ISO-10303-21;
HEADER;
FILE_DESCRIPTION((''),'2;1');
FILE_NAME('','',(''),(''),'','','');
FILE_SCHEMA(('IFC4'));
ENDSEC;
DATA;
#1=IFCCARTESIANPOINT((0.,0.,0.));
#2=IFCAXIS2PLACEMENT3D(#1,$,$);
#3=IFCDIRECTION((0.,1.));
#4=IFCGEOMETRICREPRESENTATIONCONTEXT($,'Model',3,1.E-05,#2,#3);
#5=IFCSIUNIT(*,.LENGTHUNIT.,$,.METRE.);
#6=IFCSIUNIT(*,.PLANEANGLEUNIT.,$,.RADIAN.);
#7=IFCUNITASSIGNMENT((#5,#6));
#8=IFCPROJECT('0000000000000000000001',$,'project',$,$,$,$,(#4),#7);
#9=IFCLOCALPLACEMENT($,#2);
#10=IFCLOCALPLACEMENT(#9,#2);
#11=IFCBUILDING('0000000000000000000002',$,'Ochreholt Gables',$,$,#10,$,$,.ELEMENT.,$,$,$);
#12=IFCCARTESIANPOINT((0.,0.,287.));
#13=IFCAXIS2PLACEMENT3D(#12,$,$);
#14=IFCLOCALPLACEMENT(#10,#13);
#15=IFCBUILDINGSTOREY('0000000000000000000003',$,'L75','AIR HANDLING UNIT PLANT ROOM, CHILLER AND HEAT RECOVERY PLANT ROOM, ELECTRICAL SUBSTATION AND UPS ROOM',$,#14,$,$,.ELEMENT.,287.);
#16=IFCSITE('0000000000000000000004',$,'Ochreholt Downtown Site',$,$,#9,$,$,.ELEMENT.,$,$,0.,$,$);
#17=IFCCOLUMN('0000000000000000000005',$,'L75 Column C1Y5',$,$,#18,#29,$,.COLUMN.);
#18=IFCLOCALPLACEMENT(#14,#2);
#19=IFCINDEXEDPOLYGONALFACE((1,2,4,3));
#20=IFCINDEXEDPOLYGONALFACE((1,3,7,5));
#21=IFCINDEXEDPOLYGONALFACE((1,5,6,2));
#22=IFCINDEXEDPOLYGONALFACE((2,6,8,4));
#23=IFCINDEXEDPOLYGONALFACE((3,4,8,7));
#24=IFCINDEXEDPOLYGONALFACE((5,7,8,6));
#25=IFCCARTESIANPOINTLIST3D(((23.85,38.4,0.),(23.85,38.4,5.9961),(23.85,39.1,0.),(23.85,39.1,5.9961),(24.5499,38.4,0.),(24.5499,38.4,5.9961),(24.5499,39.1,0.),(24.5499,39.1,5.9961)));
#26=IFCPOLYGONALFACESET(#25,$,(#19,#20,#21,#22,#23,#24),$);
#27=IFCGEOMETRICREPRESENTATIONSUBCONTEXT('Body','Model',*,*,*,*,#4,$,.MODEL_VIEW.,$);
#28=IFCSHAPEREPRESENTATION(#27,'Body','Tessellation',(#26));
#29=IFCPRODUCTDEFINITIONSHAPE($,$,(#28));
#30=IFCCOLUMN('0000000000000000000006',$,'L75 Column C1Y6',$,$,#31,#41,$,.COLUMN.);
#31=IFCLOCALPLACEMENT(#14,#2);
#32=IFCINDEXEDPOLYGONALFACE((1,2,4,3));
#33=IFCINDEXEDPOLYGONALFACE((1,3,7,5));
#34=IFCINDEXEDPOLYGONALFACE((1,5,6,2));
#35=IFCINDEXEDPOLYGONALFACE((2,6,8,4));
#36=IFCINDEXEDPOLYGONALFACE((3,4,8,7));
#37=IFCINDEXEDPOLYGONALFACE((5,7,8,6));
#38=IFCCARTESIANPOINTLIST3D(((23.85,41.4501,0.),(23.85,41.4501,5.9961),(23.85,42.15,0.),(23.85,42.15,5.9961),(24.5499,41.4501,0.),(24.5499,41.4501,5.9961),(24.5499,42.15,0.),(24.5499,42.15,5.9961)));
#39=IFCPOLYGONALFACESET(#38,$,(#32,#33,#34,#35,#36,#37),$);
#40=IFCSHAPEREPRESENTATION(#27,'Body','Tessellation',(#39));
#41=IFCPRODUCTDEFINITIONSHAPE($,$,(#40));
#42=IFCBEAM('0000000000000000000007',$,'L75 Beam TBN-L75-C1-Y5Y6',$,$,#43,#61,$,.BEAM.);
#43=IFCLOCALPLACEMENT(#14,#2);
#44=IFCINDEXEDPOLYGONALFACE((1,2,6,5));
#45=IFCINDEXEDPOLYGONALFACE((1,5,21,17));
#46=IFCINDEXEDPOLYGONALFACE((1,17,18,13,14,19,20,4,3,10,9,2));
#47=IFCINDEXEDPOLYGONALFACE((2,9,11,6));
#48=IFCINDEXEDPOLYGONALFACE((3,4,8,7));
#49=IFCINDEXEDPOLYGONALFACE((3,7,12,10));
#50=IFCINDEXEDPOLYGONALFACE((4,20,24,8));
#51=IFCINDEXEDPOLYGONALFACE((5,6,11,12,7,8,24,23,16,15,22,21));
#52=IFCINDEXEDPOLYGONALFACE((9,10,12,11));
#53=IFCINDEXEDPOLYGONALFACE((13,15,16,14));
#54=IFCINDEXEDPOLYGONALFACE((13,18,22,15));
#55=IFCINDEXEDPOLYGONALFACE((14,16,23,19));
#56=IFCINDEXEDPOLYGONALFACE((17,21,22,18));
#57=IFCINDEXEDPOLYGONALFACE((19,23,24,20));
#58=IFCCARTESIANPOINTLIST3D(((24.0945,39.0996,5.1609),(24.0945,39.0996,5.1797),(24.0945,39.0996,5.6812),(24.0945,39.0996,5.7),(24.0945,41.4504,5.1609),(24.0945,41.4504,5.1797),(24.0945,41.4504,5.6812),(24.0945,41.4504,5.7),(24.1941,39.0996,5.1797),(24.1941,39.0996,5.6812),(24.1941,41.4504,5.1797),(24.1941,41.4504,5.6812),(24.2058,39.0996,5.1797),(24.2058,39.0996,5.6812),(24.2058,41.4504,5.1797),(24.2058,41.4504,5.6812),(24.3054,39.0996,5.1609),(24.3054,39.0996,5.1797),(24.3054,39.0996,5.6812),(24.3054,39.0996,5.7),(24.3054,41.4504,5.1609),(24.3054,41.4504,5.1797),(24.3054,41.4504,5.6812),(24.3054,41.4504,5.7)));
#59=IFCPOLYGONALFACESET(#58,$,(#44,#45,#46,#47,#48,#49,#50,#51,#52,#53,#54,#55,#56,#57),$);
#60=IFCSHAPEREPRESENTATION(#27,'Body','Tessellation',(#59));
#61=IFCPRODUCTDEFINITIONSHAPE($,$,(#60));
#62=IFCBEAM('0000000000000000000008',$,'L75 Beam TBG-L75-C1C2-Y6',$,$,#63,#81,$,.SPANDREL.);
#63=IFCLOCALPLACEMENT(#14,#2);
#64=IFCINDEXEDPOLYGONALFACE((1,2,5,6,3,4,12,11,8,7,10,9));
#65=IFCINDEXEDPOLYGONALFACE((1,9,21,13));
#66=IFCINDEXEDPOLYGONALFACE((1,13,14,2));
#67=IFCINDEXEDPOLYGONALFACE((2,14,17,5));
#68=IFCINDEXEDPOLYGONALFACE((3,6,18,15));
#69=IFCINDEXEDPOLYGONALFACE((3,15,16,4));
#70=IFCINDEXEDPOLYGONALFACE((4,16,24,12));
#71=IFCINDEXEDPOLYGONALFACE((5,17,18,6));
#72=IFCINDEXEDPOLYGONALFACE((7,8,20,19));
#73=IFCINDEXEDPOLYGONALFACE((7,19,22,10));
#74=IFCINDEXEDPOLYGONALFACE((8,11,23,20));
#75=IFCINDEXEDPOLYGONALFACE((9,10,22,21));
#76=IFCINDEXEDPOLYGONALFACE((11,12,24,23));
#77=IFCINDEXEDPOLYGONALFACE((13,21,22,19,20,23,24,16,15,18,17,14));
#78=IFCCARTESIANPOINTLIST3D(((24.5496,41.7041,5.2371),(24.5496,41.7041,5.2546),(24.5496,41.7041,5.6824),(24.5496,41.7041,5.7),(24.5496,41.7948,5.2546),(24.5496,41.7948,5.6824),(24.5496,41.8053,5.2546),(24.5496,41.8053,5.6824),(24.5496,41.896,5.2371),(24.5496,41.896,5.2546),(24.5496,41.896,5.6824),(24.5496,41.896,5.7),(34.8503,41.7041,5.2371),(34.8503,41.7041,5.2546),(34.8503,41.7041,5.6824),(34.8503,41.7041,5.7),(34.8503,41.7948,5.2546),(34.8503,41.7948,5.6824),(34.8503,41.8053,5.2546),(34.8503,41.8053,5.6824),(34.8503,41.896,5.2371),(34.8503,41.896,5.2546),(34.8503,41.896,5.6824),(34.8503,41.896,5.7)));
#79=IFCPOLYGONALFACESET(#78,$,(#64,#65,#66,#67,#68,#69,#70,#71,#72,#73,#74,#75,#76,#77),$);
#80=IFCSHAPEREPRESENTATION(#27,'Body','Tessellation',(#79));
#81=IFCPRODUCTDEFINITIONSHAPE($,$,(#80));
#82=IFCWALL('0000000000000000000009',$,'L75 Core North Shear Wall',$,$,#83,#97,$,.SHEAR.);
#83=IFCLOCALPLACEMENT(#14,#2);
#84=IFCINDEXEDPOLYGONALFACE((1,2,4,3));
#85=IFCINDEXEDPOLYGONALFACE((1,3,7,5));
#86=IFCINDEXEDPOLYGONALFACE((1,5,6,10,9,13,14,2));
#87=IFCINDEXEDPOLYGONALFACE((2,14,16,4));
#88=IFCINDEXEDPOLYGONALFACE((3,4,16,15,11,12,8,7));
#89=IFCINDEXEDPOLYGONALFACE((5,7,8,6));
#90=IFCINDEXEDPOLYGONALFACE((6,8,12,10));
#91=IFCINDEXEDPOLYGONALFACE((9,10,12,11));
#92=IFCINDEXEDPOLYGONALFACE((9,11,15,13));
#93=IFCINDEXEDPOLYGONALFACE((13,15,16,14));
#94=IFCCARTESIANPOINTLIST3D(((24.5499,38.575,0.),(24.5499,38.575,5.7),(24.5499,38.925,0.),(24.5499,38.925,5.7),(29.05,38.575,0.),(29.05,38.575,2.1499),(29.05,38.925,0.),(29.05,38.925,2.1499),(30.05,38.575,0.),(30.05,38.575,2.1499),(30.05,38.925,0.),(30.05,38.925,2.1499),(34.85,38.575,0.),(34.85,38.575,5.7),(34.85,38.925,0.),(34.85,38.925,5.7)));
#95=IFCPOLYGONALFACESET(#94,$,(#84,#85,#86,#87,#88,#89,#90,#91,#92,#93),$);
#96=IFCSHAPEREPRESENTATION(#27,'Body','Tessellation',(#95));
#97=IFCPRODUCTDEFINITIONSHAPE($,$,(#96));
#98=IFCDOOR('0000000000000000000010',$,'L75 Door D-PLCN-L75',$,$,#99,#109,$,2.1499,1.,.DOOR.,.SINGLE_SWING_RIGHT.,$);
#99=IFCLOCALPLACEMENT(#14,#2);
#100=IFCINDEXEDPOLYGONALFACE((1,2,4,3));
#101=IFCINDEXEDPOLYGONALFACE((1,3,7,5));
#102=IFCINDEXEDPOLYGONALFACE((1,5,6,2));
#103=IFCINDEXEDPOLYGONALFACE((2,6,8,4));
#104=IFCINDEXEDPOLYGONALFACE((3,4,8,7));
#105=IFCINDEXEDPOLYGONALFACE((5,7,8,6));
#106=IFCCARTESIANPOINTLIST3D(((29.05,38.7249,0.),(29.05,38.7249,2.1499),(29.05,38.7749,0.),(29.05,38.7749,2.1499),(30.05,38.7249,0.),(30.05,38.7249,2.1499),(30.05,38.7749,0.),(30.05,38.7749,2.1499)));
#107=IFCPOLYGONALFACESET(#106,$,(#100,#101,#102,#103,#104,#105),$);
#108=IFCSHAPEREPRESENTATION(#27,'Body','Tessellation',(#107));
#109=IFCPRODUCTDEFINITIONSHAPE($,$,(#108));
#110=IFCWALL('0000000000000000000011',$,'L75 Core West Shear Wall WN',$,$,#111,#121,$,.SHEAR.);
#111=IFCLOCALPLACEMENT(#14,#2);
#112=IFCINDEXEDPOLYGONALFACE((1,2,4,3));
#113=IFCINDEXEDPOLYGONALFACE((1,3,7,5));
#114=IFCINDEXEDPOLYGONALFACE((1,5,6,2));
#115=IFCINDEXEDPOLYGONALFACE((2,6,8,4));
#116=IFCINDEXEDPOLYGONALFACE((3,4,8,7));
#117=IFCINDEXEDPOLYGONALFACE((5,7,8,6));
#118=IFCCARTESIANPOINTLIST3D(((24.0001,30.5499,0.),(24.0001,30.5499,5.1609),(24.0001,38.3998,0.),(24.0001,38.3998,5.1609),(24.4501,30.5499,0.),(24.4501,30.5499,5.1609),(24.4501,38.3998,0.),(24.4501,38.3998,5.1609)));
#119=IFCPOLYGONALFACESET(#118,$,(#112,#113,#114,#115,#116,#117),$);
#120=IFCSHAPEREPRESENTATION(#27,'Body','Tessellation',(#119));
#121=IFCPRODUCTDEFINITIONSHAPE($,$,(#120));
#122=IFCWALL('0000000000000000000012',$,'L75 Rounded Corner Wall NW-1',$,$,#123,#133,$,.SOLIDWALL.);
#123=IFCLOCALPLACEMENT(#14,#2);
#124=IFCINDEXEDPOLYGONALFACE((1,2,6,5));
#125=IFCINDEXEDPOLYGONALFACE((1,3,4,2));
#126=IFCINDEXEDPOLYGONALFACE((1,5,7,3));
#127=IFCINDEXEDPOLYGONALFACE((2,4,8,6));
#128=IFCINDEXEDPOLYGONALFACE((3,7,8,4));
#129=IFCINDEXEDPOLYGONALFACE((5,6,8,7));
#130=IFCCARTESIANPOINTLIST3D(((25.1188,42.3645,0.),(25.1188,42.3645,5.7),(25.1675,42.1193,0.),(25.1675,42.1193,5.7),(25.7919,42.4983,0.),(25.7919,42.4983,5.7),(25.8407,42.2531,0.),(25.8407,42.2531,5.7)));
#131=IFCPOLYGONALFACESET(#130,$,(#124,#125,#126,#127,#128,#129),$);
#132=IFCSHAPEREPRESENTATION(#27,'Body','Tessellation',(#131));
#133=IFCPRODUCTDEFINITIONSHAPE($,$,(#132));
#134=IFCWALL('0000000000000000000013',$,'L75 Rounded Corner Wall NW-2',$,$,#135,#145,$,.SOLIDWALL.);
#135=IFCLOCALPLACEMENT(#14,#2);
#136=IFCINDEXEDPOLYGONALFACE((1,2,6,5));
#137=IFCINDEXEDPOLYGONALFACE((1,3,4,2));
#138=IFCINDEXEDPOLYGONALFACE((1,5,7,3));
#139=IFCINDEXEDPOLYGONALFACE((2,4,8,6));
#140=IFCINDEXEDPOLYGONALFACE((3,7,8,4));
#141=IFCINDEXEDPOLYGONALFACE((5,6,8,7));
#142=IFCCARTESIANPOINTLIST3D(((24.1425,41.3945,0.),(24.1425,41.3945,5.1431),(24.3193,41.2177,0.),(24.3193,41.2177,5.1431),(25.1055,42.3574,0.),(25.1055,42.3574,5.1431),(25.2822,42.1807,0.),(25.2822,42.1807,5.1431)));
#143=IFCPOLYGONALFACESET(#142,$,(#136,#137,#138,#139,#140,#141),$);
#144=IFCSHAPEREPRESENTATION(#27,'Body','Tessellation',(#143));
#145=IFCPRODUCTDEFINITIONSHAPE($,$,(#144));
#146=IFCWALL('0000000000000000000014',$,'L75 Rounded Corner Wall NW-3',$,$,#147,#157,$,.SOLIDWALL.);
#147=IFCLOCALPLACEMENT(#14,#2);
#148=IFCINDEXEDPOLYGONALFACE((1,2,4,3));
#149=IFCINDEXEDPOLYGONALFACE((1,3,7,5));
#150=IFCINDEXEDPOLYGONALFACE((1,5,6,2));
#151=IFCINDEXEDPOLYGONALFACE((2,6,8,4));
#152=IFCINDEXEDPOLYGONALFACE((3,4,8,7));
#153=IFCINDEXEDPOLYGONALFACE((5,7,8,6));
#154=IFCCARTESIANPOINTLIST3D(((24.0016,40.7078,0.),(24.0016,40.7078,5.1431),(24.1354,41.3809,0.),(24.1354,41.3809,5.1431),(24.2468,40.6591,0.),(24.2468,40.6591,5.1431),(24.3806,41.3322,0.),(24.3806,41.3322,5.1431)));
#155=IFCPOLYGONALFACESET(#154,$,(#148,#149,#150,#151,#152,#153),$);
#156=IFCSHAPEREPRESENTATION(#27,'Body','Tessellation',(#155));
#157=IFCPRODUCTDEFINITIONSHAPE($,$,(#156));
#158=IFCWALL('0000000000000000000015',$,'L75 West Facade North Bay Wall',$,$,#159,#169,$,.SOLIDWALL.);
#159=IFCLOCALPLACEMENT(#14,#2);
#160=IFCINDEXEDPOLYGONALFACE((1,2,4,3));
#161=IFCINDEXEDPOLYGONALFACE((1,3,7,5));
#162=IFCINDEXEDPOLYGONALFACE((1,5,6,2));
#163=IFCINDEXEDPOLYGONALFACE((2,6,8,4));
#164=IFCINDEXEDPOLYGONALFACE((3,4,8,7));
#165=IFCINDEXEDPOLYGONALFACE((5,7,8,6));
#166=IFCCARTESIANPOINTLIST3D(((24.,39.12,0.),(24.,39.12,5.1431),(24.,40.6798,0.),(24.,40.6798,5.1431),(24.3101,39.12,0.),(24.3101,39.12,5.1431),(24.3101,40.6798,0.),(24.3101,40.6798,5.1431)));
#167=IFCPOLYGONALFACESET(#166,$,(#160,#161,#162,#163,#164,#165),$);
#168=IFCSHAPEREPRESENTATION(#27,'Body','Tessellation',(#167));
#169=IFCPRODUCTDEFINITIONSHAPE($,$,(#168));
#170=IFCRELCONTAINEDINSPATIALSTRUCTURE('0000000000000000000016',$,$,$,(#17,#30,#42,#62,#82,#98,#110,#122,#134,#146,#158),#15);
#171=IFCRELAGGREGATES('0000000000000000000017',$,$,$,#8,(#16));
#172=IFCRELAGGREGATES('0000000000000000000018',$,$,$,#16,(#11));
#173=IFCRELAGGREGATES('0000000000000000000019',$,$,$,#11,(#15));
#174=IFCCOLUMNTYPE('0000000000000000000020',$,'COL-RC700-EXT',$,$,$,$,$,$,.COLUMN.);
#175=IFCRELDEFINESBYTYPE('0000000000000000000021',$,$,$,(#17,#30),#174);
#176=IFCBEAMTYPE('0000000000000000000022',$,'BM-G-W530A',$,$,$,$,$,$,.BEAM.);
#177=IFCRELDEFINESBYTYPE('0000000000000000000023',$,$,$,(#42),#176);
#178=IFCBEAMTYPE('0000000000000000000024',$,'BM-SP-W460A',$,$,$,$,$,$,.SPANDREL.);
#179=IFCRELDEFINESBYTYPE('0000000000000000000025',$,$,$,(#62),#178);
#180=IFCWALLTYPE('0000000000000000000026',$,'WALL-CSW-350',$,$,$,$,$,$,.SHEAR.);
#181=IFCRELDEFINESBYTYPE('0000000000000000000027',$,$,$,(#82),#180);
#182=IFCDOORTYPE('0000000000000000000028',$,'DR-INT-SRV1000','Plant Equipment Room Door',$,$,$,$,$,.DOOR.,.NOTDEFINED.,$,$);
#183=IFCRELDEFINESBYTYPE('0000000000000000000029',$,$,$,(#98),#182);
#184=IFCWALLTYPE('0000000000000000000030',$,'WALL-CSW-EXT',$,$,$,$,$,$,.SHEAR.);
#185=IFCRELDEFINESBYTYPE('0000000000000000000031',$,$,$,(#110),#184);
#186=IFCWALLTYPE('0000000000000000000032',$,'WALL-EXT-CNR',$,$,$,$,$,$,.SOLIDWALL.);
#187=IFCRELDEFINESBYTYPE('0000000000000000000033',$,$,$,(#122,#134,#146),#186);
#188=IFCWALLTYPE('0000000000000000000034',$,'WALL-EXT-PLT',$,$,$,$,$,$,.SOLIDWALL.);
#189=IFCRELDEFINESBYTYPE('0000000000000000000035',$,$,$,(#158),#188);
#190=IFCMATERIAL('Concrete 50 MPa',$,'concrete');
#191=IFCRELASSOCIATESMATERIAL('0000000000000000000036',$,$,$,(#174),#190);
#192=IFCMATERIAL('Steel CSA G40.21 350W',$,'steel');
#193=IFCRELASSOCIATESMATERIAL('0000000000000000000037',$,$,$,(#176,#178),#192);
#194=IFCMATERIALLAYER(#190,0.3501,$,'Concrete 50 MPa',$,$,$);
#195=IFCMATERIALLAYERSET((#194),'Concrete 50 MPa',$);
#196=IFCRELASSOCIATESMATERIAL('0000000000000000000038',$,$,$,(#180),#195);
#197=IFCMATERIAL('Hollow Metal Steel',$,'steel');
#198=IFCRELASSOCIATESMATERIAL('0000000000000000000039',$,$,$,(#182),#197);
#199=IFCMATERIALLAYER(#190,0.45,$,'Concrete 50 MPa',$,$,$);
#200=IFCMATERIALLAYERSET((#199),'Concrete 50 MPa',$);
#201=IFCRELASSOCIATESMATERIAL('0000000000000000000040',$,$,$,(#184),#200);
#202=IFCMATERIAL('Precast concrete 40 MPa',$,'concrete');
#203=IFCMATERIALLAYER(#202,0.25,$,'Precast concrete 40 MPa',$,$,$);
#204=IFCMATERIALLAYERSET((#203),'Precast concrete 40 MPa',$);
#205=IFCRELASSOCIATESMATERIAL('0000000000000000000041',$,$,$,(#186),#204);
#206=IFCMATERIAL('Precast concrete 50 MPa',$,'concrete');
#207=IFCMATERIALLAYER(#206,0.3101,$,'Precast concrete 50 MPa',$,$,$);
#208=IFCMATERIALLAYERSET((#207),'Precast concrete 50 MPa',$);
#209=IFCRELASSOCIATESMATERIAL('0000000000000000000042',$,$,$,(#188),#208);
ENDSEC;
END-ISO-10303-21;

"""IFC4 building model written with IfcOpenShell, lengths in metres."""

from ifc_helpers import new_model, si_unit, direction, frame, frame_2d, origin, origin_2d, place, context, subcontext, project, spatial, rectangle, i_section, extrude, material, layer, layer_set, material_profile, profile_set, type_object, element, fill, save


model = new_model("IFC4")

# Units and contexts
model_context = context("Model", 3, precision=1e-05, world=origin(), true_north=direction((0.0, 1.0)))
body_context = subcontext(model_context, "Body", "Model", "MODEL_VIEW")
ifc_project = project(units=[si_unit("LENGTHUNIT", "METRE"), si_unit("PLANEANGLEUNIT", "RADIAN")], contexts=[model_context])

# Site, building, storey
site_placement = place(None, origin())
site = spatial("IfcSite", under=ifc_project, at=site_placement, Name="Ochreholt Downtown Site", CompositionType="ELEMENT", RefElevation=0.0)
building_placement = place(site_placement, origin())
building = spatial("IfcBuilding", under=site, at=building_placement, Name="Ochreholt Gables", CompositionType="ELEMENT")
storey_placement = place(building_placement, frame((0.0, 0.0, 287.0)))
storey = spatial("IfcBuildingStorey", under=building, at=storey_placement, Name="L75", Description="AIR HANDLING UNIT PLANT ROOM, CHILLER AND HEAT RECOVERY PLANT ROOM, ELECTRICAL SUBSTATION AND UPS ROOM", CompositionType="ELEMENT", Elevation=287.0)

# Columns
ifc_material_1 = material(Name="Concrete 50 MPa", Category="concrete")
ifc_material_profile_1 = material_profile(ifc_material_1, rectangle(XDim=0.7, YDim=0.7, at=origin_2d()), Name="RC700X700")
ifc_profile_set_1 = profile_set([ifc_material_profile_1], Name="Concrete 50 MPa")
column_type = type_object("IfcColumnType", Name="COL-RC700-EXT", PredefinedType="COLUMN", material=ifc_profile_set_1)
for number, where, z_axis, x_axis, name in (
    (1, (24.2, 38.75, 0.0), (0.0, 0.0, 1.0), (1.0, 0.0, 0.0), "L75 Column C1Y5"),
    (2, (24.2, 41.8, 0.0), (0.0, 0.0, 1.0), (1.0, 0.0, 0.0), "L75 Column C1Y6"),
):
    element("IfcColumn", number, at=place(storey_placement, frame(where, z_axis=z_axis, x_axis=x_axis)), inside=storey, type_object=column_type, Name=name, PredefinedType="COLUMN", context=body_context, shape_type="SweptSolid", body=[
        extrude(rectangle(XDim=0.7, YDim=0.7, at=origin_2d()), origin(), (0.0, 0.0, 1.0), 5.9961),
    ])

# Beams
ifc_material_2 = material(Name="Steel CSA G40.21 350W", Category="steel")
ifc_material_profile_2 = material_profile(ifc_material_2, i_section(OverallWidth=0.2109, OverallDepth=0.5391, WebThickness=0.0117, FlangeThickness=0.0188, at=origin_2d()), Name="W530X109")
ifc_profile_set_2 = profile_set([ifc_material_profile_2], Name="Steel CSA G40.21 350W")
beam_type_1 = type_object("IfcBeamType", Name="BM-G-W530A", PredefinedType="BEAM", material=ifc_profile_set_2)
beam_1_placement = place(storey_placement, frame((24.2, 39.0996, 5.4304), z_axis=(0.0, 1.0, 0.0), x_axis=(-1.0, 0.0, 0.0)))
element("IfcBeam", 3, at=beam_1_placement, inside=storey, type_object=beam_type_1, Name="L75 Beam TBN-L75-C1-Y5Y6", PredefinedType="BEAM", context=body_context, shape_type="SweptSolid", body=[
    extrude(i_section(OverallWidth=0.2109, OverallDepth=0.5391, WebThickness=0.0117, FlangeThickness=0.0188, at=origin_2d()), origin(), (0.0, 0.0, 1.0), 2.3508),
])
ifc_material_profile_3 = material_profile(ifc_material_2, i_section(OverallWidth=0.1919, OverallDepth=0.4629, WebThickness=0.0105, FlangeThickness=0.0176, at=origin_2d()), Name="W460X89")
ifc_profile_set_3 = profile_set([ifc_material_profile_3], Name="Steel CSA G40.21 350W")
beam_type_2 = type_object("IfcBeamType", Name="BM-SP-W460A", PredefinedType="SPANDREL", material=ifc_profile_set_3)
beam_2_placement = place(storey_placement, frame((24.5496, 41.8, 5.4685), z_axis=(1.0, 0.0, 0.0), x_axis=(0.0, 1.0, 0.0)))
element("IfcBeam", 4, at=beam_2_placement, inside=storey, type_object=beam_type_2, Name="L75 Beam TBG-L75-C1C2-Y6", PredefinedType="SPANDREL", context=body_context, shape_type="SweptSolid", body=[
    extrude(i_section(OverallWidth=0.1919, OverallDepth=0.4629, WebThickness=0.0105, FlangeThickness=0.0176, at=origin_2d()), origin(), (0.0, 0.0, 1.0), 10.3008),
])

# Wall, opening, door
ifc_layer_1 = layer(ifc_material_1, 0.3501, Name="Concrete 50 MPa")
ifc_layer_set_1 = layer_set([ifc_layer_1], Name="Concrete 50 MPa")
wall_type_1 = type_object("IfcWallType", Name="WALL-CSW-350", PredefinedType="SHEAR", material=ifc_layer_set_1)
wall_1_placement = place(storey_placement, frame((24.55, 38.75, 0.0), z_axis=(0.0, 0.0, 1.0), x_axis=(1.0, 0.0, 0.0)))
wall_1 = element("IfcWall", 5, at=wall_1_placement, inside=storey, type_object=wall_type_1, Name="L75 Core North Shear Wall", PredefinedType="SHEAR", context=body_context, shape_type="SweptSolid", body=[
    extrude(rectangle(XDim=10.3, YDim=0.3501, at=frame_2d((5.1499, 0.0))), origin(), (0.0, 0.0, 1.0), 5.7),
])
opening_1_placement = place(wall_1_placement, frame((4.5, 0.0, 0.0)))
opening_1 = element("IfcOpeningElement", 6, at=opening_1_placement, cuts=wall_1, PredefinedType="OPENING", context=body_context, shape_type="SweptSolid", body=[
    extrude(rectangle(XDim=1.0, YDim=2.1499, at=frame_2d((0.5, 1.075))), frame((0.0, 0.1851, 0.0), z_axis=(0.0, -1.0, 0.0), x_axis=(1.0, 0.0, 0.0)), (0.0, 0.0, 1.0), 0.3701),
])
ifc_material_3 = material(Name="Hollow Metal Steel", Category="steel")
door_type_1 = type_object("IfcDoorType", Name="DR-INT-SRV1000", Description="Plant Equipment Room Door", OperationType="NOTDEFINED", PredefinedType="DOOR", material=ifc_material_3)
door_1_placement = place(opening_1_placement, origin())
door_1 = element("IfcDoor", 7, at=door_1_placement, inside=storey, type_object=door_type_1, Name="L75 Door D-PLCN-L75", OperationType="SINGLE_SWING_RIGHT", OverallHeight=2.1499, OverallWidth=1.0, PredefinedType="DOOR", context=body_context, shape_type="SweptSolid", body=[
    extrude(rectangle(XDim=1.0, YDim=2.1499, at=frame_2d((0.5, 1.075))), frame((0.0, 0.0249, 0.0), z_axis=(0.0, -1.0, 0.0), x_axis=(1.0, 0.0, 0.0)), (0.0, 0.0, 1.0), 0.05),
])
fill(opening_1, door_1)

# Walls
ifc_layer_2 = layer(ifc_material_1, 0.45, Name="Concrete 50 MPa")
ifc_layer_set_2 = layer_set([ifc_layer_2], Name="Concrete 50 MPa")
wall_type_2 = type_object("IfcWallType", Name="WALL-CSW-EXT", PredefinedType="SHEAR", material=ifc_layer_set_2)
wall_2_placement = place(storey_placement, frame((24.2251, 30.55, 0.0), z_axis=(0.0, 0.0, 1.0), x_axis=(0.0, 1.0, 0.0)))
element("IfcWall", 8, at=wall_2_placement, inside=storey, type_object=wall_type_2, Name="L75 Core West Shear Wall WN", PredefinedType="SHEAR", context=body_context, shape_type="SweptSolid", body=[
    extrude(rectangle(XDim=7.8499, YDim=0.45, at=frame_2d((3.9248, 0.0))), origin(), (0.0, 0.0, 1.0), 5.1609),
])
ifc_material_4 = material(Name="Precast concrete 40 MPa", Category="concrete")
ifc_layer_3 = layer(ifc_material_4, 0.25, Name="Precast concrete 40 MPa")
ifc_layer_set_3 = layer_set([ifc_layer_3], Name="Precast concrete 40 MPa")
wall_type_3 = type_object("IfcWallType", Name="WALL-EXT-CNR", PredefinedType="SOLIDWALL", material=ifc_layer_set_3)
wall_3_placement = place(storey_placement, frame((25.8164, 42.3757, 0.0), z_axis=(0.0, 0.0, 1.0), x_axis=(-0.980813, -0.194953, 0.0)))
element("IfcWall", 9, at=wall_3_placement, inside=storey, type_object=wall_type_3, Name="L75 Rounded Corner Wall NW-1", PredefinedType="SOLIDWALL", context=body_context, shape_type="SweptSolid", body=[
    extrude(rectangle(XDim=0.6863, YDim=0.25, at=frame_2d((0.3433, 0.0))), origin(), (0.0, 0.0, 1.0), 5.7),
])
wall_4_placement = place(storey_placement, frame((25.1938, 42.269, 0.0), z_axis=(0.0, 0.0, 1.0), x_axis=(-0.707107, -0.707107, 0.0)))
element("IfcWall", 10, at=wall_4_placement, inside=storey, type_object=wall_type_3, Name="L75 Rounded Corner Wall NW-2", PredefinedType="SOLIDWALL", context=body_context, shape_type="SweptSolid", body=[
    extrude(rectangle(XDim=1.3618, YDim=0.25, at=frame_2d((0.6809, 0.0))), origin(), (0.0, 0.0, 1.0), 5.1431),
])
wall_5_placement = place(storey_placement, frame((24.2581, 41.3567, 0.0), z_axis=(0.0, 0.0, 1.0), x_axis=(-0.194953, -0.980813, 0.0)))
element("IfcWall", 11, at=wall_5_placement, inside=storey, type_object=wall_type_3, Name="L75 Rounded Corner Wall NW-3", PredefinedType="SOLIDWALL", context=body_context, shape_type="SweptSolid", body=[
    extrude(rectangle(XDim=0.6863, YDim=0.25, at=frame_2d((0.3433, 0.0))), origin(), (0.0, 0.0, 1.0), 5.1431),
])
ifc_material_5 = material(Name="Precast concrete 50 MPa", Category="concrete")
ifc_layer_4 = layer(ifc_material_5, 0.3101, Name="Precast concrete 50 MPa")
ifc_layer_set_4 = layer_set([ifc_layer_4], Name="Precast concrete 50 MPa")
wall_type_4 = type_object("IfcWallType", Name="WALL-EXT-PLT", PredefinedType="SOLIDWALL", material=ifc_layer_set_4)
wall_6_placement = place(storey_placement, frame((24.155, 39.1201, 0.0), z_axis=(0.0, 0.0, 1.0), x_axis=(0.0, 1.0, 0.0)))
element("IfcWall", 12, at=wall_6_placement, inside=storey, type_object=wall_type_4, Name="L75 West Facade North Bay Wall", PredefinedType="SOLIDWALL", context=body_context, shape_type="SweptSolid", body=[
    extrude(rectangle(XDim=1.5598, YDim=0.3101, at=frame_2d((0.7798, 0.0))), origin(), (0.0, 0.0, 1.0), 5.1431),
])

save(model, "model.ifc")
